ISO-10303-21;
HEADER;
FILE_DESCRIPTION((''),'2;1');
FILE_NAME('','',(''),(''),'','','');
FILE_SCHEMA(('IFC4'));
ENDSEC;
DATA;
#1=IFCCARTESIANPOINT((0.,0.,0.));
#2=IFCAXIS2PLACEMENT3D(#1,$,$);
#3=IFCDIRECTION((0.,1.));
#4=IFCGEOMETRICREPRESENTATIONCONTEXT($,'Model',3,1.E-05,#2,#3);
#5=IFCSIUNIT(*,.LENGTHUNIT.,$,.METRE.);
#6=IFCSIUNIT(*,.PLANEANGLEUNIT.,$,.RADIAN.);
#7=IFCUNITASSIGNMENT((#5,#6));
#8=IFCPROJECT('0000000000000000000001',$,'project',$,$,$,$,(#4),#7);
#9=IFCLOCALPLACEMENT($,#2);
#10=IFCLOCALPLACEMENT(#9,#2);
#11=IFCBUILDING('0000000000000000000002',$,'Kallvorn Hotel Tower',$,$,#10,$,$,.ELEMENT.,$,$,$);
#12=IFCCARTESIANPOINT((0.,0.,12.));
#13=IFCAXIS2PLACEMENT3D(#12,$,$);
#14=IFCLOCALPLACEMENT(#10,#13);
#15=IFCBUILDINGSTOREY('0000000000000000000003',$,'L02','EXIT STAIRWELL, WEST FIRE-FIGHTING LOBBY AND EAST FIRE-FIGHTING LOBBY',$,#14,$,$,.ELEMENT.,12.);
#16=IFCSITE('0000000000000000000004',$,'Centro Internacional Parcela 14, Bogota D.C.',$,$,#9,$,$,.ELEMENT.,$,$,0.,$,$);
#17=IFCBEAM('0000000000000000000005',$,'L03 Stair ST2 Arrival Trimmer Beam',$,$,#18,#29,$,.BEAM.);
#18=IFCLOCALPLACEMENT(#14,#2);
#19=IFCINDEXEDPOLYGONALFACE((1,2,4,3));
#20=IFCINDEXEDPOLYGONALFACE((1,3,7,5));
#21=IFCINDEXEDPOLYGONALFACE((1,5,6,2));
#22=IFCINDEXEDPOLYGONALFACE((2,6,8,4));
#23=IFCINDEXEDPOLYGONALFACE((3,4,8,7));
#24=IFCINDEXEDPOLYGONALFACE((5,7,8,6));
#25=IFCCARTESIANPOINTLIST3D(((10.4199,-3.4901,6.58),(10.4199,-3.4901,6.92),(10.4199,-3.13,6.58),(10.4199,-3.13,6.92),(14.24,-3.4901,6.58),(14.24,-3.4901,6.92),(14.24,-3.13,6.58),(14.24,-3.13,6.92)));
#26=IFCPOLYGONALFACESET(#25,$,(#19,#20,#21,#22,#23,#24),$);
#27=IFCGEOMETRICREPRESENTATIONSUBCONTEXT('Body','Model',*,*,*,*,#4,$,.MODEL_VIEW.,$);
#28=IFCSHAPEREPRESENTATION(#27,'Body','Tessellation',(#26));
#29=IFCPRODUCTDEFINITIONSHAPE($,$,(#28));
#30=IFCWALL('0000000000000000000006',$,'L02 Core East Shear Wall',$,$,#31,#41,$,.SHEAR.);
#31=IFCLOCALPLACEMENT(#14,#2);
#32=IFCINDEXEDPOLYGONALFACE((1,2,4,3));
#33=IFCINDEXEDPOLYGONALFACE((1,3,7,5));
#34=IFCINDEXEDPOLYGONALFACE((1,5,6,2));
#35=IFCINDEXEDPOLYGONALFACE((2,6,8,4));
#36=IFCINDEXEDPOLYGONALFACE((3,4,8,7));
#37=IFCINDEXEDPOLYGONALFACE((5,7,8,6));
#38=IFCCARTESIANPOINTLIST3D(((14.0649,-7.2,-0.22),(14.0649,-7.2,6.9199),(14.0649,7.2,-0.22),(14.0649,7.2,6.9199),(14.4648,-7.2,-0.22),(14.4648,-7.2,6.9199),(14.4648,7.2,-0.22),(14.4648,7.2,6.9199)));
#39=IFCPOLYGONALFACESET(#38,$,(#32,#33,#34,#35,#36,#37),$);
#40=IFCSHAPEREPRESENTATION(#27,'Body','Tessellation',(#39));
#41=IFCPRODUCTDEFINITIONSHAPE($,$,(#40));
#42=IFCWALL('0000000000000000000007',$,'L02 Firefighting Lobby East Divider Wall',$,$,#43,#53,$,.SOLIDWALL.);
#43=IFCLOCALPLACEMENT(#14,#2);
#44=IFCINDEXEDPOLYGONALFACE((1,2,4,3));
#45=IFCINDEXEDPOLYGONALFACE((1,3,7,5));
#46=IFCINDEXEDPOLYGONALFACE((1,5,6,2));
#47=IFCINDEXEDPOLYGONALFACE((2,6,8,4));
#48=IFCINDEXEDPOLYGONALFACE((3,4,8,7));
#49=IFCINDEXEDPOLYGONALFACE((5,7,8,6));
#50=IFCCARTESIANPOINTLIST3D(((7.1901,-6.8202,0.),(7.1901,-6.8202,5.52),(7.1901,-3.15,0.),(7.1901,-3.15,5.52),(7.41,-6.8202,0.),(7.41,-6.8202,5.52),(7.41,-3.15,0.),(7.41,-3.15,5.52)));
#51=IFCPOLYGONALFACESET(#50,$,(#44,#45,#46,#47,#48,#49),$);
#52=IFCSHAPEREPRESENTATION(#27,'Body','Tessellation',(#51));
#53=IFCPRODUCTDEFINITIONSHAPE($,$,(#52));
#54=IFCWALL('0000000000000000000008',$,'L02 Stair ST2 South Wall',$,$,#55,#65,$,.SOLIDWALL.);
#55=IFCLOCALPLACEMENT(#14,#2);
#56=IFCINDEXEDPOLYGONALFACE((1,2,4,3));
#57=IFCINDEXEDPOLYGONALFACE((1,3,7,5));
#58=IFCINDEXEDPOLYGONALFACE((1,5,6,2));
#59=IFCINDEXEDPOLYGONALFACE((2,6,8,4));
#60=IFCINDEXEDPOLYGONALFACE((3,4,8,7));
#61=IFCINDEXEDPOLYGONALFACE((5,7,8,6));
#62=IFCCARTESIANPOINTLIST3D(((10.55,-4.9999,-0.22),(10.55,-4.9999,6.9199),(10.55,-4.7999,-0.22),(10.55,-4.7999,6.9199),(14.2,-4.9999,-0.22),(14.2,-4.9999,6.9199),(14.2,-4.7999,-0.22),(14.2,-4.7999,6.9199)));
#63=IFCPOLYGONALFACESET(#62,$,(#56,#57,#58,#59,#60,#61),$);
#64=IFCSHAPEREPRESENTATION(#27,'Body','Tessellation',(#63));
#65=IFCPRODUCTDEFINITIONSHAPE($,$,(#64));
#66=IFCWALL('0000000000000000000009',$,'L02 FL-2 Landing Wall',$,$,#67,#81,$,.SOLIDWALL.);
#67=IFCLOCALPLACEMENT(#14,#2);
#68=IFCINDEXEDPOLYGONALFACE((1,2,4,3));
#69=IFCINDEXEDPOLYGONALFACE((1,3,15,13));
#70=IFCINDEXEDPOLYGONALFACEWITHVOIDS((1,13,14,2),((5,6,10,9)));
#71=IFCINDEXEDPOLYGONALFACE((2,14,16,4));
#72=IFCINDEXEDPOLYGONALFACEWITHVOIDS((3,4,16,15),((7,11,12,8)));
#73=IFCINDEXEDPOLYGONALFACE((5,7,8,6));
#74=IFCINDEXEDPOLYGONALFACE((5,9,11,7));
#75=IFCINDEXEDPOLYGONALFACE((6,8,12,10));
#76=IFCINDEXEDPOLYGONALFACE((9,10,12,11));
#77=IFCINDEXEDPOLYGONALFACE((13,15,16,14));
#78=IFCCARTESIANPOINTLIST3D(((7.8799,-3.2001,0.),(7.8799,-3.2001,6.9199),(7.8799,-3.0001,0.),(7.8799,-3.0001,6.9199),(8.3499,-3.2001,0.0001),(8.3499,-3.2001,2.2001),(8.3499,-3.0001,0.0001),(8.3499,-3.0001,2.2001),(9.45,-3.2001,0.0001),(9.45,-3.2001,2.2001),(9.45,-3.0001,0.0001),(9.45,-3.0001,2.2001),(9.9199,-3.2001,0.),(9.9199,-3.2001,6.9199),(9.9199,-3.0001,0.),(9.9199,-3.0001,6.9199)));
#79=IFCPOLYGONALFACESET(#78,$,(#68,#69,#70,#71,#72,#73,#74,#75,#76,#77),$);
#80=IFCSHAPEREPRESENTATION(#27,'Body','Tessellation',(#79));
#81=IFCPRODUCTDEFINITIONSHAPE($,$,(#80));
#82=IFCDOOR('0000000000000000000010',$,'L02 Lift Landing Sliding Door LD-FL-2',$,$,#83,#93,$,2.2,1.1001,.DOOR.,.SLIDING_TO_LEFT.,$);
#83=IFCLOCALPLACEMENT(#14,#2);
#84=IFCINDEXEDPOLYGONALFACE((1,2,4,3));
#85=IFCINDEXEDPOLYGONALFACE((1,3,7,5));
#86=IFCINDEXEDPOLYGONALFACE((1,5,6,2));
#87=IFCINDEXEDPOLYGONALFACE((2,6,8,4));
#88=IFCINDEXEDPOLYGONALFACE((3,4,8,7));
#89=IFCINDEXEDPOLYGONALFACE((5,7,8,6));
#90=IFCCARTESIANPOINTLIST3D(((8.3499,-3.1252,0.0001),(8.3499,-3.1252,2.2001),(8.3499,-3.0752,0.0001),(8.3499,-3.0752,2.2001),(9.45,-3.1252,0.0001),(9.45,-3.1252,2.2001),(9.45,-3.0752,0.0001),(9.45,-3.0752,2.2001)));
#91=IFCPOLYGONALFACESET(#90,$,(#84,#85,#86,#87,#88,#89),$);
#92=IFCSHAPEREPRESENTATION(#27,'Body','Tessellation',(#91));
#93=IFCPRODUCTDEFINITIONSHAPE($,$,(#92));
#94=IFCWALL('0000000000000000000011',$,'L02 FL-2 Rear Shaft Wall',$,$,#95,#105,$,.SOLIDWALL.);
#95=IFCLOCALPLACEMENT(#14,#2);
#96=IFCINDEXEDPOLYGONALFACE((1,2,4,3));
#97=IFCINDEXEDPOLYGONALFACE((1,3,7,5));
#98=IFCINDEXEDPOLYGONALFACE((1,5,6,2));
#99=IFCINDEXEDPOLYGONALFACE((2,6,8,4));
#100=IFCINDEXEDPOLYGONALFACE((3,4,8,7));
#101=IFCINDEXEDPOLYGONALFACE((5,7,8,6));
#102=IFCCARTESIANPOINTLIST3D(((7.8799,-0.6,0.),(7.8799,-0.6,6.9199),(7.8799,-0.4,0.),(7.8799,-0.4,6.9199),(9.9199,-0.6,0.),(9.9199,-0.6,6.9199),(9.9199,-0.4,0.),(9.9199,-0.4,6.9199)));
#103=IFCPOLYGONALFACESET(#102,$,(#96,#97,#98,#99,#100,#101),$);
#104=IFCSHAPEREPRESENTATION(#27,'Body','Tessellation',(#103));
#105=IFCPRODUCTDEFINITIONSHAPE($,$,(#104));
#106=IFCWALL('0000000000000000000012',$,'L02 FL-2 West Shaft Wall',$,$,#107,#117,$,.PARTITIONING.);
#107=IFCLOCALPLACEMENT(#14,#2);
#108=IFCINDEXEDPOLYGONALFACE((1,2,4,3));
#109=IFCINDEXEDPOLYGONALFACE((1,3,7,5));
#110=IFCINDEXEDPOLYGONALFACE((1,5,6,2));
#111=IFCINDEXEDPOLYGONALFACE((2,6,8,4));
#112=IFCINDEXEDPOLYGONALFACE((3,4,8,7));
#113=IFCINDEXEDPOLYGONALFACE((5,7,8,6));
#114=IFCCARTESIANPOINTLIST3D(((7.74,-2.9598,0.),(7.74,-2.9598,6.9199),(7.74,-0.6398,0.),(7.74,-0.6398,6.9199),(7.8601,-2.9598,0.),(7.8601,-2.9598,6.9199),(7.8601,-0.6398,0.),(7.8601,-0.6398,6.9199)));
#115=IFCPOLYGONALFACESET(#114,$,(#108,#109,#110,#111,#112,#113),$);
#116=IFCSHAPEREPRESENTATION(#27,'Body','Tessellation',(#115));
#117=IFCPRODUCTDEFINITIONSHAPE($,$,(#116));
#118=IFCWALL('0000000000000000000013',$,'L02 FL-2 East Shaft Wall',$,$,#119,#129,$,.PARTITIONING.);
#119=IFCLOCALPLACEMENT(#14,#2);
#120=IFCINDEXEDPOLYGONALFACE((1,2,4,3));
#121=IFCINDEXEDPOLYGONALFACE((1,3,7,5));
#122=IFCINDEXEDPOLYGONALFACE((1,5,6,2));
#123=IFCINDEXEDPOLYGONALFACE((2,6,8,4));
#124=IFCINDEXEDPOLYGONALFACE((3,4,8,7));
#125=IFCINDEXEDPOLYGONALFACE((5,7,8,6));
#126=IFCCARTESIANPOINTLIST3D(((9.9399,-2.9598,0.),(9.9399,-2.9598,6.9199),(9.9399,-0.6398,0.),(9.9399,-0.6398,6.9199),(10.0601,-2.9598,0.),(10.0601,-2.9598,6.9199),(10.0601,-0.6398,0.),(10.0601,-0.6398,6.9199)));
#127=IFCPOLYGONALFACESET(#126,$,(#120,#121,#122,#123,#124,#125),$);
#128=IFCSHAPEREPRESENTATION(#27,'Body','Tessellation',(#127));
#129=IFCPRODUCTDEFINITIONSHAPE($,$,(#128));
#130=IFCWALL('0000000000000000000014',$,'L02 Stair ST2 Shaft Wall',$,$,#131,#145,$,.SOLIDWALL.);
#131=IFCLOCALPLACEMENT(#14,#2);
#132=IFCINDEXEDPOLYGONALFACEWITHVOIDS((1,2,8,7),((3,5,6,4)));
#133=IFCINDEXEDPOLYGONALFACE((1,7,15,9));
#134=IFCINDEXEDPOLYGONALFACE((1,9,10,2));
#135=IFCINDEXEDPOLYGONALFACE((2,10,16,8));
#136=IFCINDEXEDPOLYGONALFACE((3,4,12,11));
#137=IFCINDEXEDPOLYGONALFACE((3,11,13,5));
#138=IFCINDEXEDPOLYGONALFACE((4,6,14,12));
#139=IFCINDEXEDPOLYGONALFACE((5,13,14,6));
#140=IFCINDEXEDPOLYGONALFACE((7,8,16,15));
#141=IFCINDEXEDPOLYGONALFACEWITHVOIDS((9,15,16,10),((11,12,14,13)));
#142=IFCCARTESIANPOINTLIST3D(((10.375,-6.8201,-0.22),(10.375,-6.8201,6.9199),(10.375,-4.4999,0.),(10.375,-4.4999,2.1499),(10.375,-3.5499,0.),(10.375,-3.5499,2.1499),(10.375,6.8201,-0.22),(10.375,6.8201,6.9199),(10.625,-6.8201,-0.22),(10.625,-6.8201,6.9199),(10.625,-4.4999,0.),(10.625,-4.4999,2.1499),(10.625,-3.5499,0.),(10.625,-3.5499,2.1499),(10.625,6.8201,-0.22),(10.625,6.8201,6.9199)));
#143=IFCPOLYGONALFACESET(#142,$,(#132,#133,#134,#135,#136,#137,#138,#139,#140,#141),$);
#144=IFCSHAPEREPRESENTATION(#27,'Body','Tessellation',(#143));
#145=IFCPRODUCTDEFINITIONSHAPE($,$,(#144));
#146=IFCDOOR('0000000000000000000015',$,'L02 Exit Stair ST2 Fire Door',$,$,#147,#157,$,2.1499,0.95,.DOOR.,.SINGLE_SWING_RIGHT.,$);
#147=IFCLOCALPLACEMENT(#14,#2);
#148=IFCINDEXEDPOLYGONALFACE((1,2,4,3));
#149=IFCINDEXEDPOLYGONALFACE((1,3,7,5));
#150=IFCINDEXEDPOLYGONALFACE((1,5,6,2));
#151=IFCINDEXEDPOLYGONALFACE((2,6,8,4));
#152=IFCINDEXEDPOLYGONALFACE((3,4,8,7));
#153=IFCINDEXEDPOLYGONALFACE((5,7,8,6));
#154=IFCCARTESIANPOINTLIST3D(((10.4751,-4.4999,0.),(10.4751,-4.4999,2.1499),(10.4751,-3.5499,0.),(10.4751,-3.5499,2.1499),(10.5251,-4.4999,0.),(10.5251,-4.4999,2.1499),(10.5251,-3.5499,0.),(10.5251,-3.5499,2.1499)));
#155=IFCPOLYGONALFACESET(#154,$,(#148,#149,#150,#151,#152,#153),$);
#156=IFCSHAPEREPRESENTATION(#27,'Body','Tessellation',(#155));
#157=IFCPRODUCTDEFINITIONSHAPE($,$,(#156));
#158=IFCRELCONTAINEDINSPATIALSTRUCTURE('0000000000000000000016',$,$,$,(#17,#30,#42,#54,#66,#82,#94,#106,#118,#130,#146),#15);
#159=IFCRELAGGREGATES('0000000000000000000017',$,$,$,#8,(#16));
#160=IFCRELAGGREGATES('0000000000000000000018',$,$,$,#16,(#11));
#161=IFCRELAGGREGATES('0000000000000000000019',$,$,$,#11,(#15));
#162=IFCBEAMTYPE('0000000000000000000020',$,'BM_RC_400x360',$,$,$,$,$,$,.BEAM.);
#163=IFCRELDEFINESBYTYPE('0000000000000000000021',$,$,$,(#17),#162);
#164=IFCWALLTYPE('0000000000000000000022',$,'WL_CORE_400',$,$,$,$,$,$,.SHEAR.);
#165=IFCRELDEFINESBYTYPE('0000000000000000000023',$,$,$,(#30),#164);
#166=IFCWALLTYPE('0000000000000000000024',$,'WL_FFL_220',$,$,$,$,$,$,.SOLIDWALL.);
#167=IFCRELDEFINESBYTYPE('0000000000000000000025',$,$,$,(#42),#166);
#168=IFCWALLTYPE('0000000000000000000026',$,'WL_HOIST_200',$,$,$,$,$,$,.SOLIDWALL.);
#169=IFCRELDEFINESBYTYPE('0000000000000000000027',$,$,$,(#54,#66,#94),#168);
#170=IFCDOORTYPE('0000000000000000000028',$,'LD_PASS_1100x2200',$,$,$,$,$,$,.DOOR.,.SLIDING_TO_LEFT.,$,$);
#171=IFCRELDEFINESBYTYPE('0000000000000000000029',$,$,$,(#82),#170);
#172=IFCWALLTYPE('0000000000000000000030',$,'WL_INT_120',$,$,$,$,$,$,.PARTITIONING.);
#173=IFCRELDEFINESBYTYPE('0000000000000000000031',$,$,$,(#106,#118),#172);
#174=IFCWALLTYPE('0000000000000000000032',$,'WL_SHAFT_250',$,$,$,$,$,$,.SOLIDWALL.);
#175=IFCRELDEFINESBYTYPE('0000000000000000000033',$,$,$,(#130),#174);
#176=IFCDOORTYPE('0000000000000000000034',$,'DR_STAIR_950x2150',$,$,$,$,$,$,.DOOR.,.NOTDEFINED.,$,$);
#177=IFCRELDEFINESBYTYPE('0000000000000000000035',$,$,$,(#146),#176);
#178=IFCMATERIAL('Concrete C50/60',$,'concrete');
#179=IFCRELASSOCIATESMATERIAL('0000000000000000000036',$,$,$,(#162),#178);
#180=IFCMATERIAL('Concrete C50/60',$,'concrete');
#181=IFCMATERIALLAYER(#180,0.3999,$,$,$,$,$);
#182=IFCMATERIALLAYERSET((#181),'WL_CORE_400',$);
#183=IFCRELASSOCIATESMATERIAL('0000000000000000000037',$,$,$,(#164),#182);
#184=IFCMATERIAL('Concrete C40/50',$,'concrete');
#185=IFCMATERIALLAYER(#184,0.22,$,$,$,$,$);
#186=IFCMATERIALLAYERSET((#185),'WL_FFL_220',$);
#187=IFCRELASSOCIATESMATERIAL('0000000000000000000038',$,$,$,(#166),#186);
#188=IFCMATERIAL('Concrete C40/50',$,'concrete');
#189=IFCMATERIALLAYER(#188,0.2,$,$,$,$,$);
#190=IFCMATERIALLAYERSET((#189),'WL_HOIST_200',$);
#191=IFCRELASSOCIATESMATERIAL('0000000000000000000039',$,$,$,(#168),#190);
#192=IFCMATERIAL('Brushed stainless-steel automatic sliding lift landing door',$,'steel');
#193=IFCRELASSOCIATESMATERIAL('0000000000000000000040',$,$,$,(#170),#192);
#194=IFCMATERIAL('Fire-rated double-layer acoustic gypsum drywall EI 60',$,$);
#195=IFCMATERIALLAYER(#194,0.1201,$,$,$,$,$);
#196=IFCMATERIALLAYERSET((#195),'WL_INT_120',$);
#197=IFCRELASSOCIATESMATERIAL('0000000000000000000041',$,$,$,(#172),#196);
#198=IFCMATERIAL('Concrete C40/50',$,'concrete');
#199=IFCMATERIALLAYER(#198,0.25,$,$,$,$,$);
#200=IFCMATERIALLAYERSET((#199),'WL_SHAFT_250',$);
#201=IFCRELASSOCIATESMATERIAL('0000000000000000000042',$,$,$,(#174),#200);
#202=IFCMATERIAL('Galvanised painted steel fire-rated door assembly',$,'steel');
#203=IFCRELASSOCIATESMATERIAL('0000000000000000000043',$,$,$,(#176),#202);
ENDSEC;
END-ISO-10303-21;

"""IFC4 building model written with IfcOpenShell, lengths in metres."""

from ifc_helpers import new_model, si_unit, direction, frame, frame_2d, origin, origin_2d, place, context, subcontext, project, spatial, rectangle, extrude, material, layer, layer_set, material_profile, profile_set, type_object, element, fill, save


model = new_model("IFC4")

# Units and contexts
model_context = context("Model", 3, precision=1e-05, world=origin(), true_north=direction((0.0, 1.0)))
body_context = subcontext(model_context, "Body", "Model", "MODEL_VIEW")
ifc_project = project(units=[si_unit("LENGTHUNIT", "METRE"), si_unit("PLANEANGLEUNIT", "RADIAN")], contexts=[model_context])

# Site, building, storey
site_placement = place(None, origin())
site = spatial("IfcSite", under=ifc_project, at=site_placement, Name="Centro Internacional Parcela 14, Bogota D.C.", CompositionType="ELEMENT", RefElevation=0.0)
building_placement = place(site_placement, origin())
building = spatial("IfcBuilding", under=site, at=building_placement, Name="Kallvorn Hotel Tower", CompositionType="ELEMENT")
storey_placement = place(building_placement, frame((0.0, 0.0, 12.0)))
storey = spatial("IfcBuildingStorey", under=building, at=storey_placement, Name="L02", Description="EXIT STAIRWELL, WEST FIRE-FIGHTING LOBBY AND EAST FIRE-FIGHTING LOBBY", CompositionType="ELEMENT", Elevation=12.0)

# Beam
ifc_material_1 = material(Name="Concrete C50/60", Category="concrete")
ifc_material_profile_1 = material_profile(ifc_material_1, rectangle(XDim=0.3601, YDim=0.3401, at=origin_2d()), Name="RC 360x340")
ifc_profile_set_1 = profile_set([ifc_material_profile_1], Name="Concrete C50/60")
beam_type_1 = type_object("IfcBeamType", Name="BM_RC_400x360", PredefinedType="BEAM", material=ifc_profile_set_1)
beam_1_placement = place(storey_placement, frame((14.24, -3.3101, 6.75), z_axis=(-1.0, 0.0, 0.0), x_axis=(0.0, -1.0, 0.0)))
element("IfcBeam", 1, at=beam_1_placement, inside=storey, type_object=beam_type_1, Name="L03 Stair ST2 Arrival Trimmer Beam", PredefinedType="BEAM", context=body_context, shape_type="SweptSolid", body=[
    extrude(rectangle(XDim=0.3601, YDim=0.3401, at=origin_2d()), origin(), (0.0, 0.0, 1.0), 3.8201),
])

# Walls
ifc_material_2 = material(Name="Concrete C50/60", Category="concrete")
ifc_layer_1 = layer(ifc_material_2, 0.3999)
ifc_layer_set_1 = layer_set([ifc_layer_1], Name="WL_CORE_400")
wall_type_1 = type_object("IfcWallType", Name="WL_CORE_400", PredefinedType="SHEAR", material=ifc_layer_set_1)
wall_1_placement = place(storey_placement, frame((14.2649, -7.2, -0.22), z_axis=(0.0, 0.0, 1.0), x_axis=(0.0, 1.0, 0.0)))
element("IfcWall", 2, at=wall_1_placement, inside=storey, type_object=wall_type_1, Name="L02 Core East Shear Wall", PredefinedType="SHEAR", context=body_context, shape_type="SweptSolid", body=[
    extrude(rectangle(XDim=14.3999, YDim=0.3999, at=frame_2d((7.2, 0.0))), origin(), (0.0, 0.0, 1.0), 7.1399),
])
ifc_material_3 = material(Name="Concrete C40/50", Category="concrete")
ifc_layer_2 = layer(ifc_material_3, 0.22)
ifc_layer_set_2 = layer_set([ifc_layer_2], Name="WL_FFL_220")
wall_type_2 = type_object("IfcWallType", Name="WL_FFL_220", PredefinedType="SOLIDWALL", material=ifc_layer_set_2)
wall_2_placement = place(storey_placement, frame((7.3, -6.8201, 0.0), z_axis=(0.0, 0.0, 1.0), x_axis=(0.0, 1.0, 0.0)))
element("IfcWall", 3, at=wall_2_placement, inside=storey, type_object=wall_type_2, Name="L02 Firefighting Lobby East Divider Wall", PredefinedType="SOLIDWALL", context=body_context, shape_type="SweptSolid", body=[
    extrude(rectangle(XDim=3.6702, YDim=0.22, at=frame_2d((1.835, 0.0))), origin(), (0.0, 0.0, 1.0), 5.52),
])
ifc_material_4 = material(Name="Concrete C40/50", Category="concrete")
ifc_layer_3 = layer(ifc_material_4, 0.2)
ifc_layer_set_3 = layer_set([ifc_layer_3], Name="WL_HOIST_200")
wall_type_3 = type_object("IfcWallType", Name="WL_HOIST_200", PredefinedType="SOLIDWALL", material=ifc_layer_set_3)
wall_3_placement = place(storey_placement, frame((10.55, -4.8999, -0.22), z_axis=(0.0, 0.0, 1.0), x_axis=(1.0, 0.0, 0.0)))
element("IfcWall", 4, at=wall_3_placement, inside=storey, type_object=wall_type_3, Name="L02 Stair ST2 South Wall", PredefinedType="SOLIDWALL", context=body_context, shape_type="SweptSolid", body=[
    extrude(rectangle(XDim=3.6499, YDim=0.2, at=frame_2d((1.825, 0.0))), origin(), (0.0, 0.0, 1.0), 7.1399),
])

# Wall, opening, door
wall_4_placement = place(storey_placement, frame((7.8799, -3.1001, 0.0), z_axis=(0.0, 0.0, 1.0), x_axis=(1.0, 0.0, 0.0)))
wall_4 = element("IfcWall", 5, at=wall_4_placement, inside=storey, type_object=wall_type_3, Name="L02 FL-2 Landing Wall", PredefinedType="SOLIDWALL", context=body_context, shape_type="SweptSolid", body=[
    extrude(rectangle(XDim=2.04, YDim=0.2, at=frame_2d((1.02, 0.0))), origin(), (0.0, 0.0, 1.0), 6.9199),
])
opening_1_placement = place(wall_4_placement, frame((0.47, 0.0, 0.0)))
opening_1 = element("IfcOpeningElement", 6, at=opening_1_placement, cuts=wall_4, PredefinedType="OPENING", context=body_context, shape_type="SweptSolid", body=[
    extrude(rectangle(XDim=1.1001, YDim=2.2, at=frame_2d((0.55, 1.1001))), frame((0.0, 0.115, 0.0), z_axis=(0.0, -1.0, 0.0), x_axis=(1.0, 0.0, 0.0)), (0.0, 0.0, 1.0), 0.23),
])
ifc_material_5 = material(Name="Brushed stainless-steel automatic sliding lift landing door", Category="steel")
door_type_1 = type_object("IfcDoorType", Name="LD_PASS_1100x2200", OperationType="SLIDING_TO_LEFT", PredefinedType="DOOR", material=ifc_material_5)
door_1_placement = place(opening_1_placement, origin())
door_1 = element("IfcDoor", 7, at=door_1_placement, inside=storey, type_object=door_type_1, Name="L02 Lift Landing Sliding Door LD-FL-2", OperationType="SLIDING_TO_LEFT", OverallHeight=2.2, OverallWidth=1.1001, PredefinedType="DOOR", context=body_context, shape_type="SweptSolid", body=[
    extrude(rectangle(XDim=1.1001, YDim=2.2, at=frame_2d((0.55, 1.1001))), frame((0.0, 0.0249, 0.0), z_axis=(0.0, -1.0, 0.0), x_axis=(1.0, 0.0, 0.0)), (0.0, 0.0, 1.0), 0.05),
])
fill(opening_1, door_1)

# Walls
wall_5_placement = place(storey_placement, frame((7.8799, -0.5, 0.0), z_axis=(0.0, 0.0, 1.0), x_axis=(1.0, 0.0, 0.0)))
element("IfcWall", 8, at=wall_5_placement, inside=storey, type_object=wall_type_3, Name="L02 FL-2 Rear Shaft Wall", PredefinedType="SOLIDWALL", context=body_context, shape_type="SweptSolid", body=[
    extrude(rectangle(XDim=2.04, YDim=0.2, at=frame_2d((1.02, 0.0))), origin(), (0.0, 0.0, 1.0), 6.9199),
])
ifc_material_6 = material(Name="Fire-rated double-layer acoustic gypsum drywall EI 60")
ifc_layer_4 = layer(ifc_material_6, 0.1201)
ifc_layer_set_4 = layer_set([ifc_layer_4], Name="WL_INT_120")
wall_type_4 = type_object("IfcWallType", Name="WL_INT_120", PredefinedType="PARTITIONING", material=ifc_layer_set_4)
for number, where, z_axis, x_axis, name in (
    (9, (7.8, -2.96, 0.0), (0.0, 0.0, 1.0), (0.0, 1.0, 0.0), "L02 FL-2 West Shaft Wall"),
    (10, (10.0, -2.96, 0.0), (0.0, 0.0, 1.0), (0.0, 1.0, 0.0), "L02 FL-2 East Shaft Wall"),
):
    element("IfcWall", number, at=place(storey_placement, frame(where, z_axis=z_axis, x_axis=x_axis)), inside=storey, type_object=wall_type_4, Name=name, PredefinedType="PARTITIONING", context=body_context, shape_type="SweptSolid", body=[
        extrude(rectangle(XDim=2.3201, YDim=0.1201, at=frame_2d((1.1602, 0.0))), origin(), (0.0, 0.0, 1.0), 6.9199),
    ])

# Wall, opening, door
ifc_material_7 = material(Name="Concrete C40/50", Category="concrete")
ifc_layer_5 = layer(ifc_material_7, 0.25)
ifc_layer_set_5 = layer_set([ifc_layer_5], Name="WL_SHAFT_250")
wall_type_5 = type_object("IfcWallType", Name="WL_SHAFT_250", PredefinedType="SOLIDWALL", material=ifc_layer_set_5)
wall_6_placement = place(storey_placement, frame((10.5, -6.8201, -0.22), z_axis=(0.0, 0.0, 1.0), x_axis=(0.0, 1.0, 0.0)))
wall_6 = element("IfcWall", 11, at=wall_6_placement, inside=storey, type_object=wall_type_5, Name="L02 Stair ST2 Shaft Wall", PredefinedType="SOLIDWALL", context=body_context, shape_type="SweptSolid", body=[
    extrude(rectangle(XDim=13.6401, YDim=0.25, at=frame_2d((6.8201, 0.0))), origin(), (0.0, 0.0, 1.0), 7.1399),
])
opening_2_placement = place(wall_6_placement, frame((2.3201, 0.0, 0.22)))
opening_2 = element("IfcOpeningElement", 12, at=opening_2_placement, cuts=wall_6, PredefinedType="OPENING", context=body_context, shape_type="SweptSolid", body=[
    extrude(rectangle(XDim=0.95, YDim=2.1499, at=frame_2d((0.4751, 1.075))), frame((0.0, 0.1399, 0.0), z_axis=(0.0, -1.0, 0.0), x_axis=(1.0, 0.0, 0.0)), (0.0, 0.0, 1.0), 0.28),
])
ifc_material_8 = material(Name="Galvanised painted steel fire-rated door assembly", Category="steel")
door_type_2 = type_object("IfcDoorType", Name="DR_STAIR_950x2150", OperationType="NOTDEFINED", PredefinedType="DOOR", material=ifc_material_8)
door_2_placement = place(opening_2_placement, origin())
door_2 = element("IfcDoor", 13, at=door_2_placement, inside=storey, type_object=door_type_2, Name="L02 Exit Stair ST2 Fire Door", OperationType="SINGLE_SWING_RIGHT", OverallHeight=2.1499, OverallWidth=0.95, PredefinedType="DOOR", context=body_context, shape_type="SweptSolid", body=[
    extrude(rectangle(XDim=0.95, YDim=2.1499, at=frame_2d((0.4751, 1.075))), frame((0.0, 0.0249, 0.0), z_axis=(0.0, -1.0, 0.0), x_axis=(1.0, 0.0, 0.0)), (0.0, 0.0, 1.0), 0.05),
])
fill(opening_2, door_2)

save(model, "model.ifc")
